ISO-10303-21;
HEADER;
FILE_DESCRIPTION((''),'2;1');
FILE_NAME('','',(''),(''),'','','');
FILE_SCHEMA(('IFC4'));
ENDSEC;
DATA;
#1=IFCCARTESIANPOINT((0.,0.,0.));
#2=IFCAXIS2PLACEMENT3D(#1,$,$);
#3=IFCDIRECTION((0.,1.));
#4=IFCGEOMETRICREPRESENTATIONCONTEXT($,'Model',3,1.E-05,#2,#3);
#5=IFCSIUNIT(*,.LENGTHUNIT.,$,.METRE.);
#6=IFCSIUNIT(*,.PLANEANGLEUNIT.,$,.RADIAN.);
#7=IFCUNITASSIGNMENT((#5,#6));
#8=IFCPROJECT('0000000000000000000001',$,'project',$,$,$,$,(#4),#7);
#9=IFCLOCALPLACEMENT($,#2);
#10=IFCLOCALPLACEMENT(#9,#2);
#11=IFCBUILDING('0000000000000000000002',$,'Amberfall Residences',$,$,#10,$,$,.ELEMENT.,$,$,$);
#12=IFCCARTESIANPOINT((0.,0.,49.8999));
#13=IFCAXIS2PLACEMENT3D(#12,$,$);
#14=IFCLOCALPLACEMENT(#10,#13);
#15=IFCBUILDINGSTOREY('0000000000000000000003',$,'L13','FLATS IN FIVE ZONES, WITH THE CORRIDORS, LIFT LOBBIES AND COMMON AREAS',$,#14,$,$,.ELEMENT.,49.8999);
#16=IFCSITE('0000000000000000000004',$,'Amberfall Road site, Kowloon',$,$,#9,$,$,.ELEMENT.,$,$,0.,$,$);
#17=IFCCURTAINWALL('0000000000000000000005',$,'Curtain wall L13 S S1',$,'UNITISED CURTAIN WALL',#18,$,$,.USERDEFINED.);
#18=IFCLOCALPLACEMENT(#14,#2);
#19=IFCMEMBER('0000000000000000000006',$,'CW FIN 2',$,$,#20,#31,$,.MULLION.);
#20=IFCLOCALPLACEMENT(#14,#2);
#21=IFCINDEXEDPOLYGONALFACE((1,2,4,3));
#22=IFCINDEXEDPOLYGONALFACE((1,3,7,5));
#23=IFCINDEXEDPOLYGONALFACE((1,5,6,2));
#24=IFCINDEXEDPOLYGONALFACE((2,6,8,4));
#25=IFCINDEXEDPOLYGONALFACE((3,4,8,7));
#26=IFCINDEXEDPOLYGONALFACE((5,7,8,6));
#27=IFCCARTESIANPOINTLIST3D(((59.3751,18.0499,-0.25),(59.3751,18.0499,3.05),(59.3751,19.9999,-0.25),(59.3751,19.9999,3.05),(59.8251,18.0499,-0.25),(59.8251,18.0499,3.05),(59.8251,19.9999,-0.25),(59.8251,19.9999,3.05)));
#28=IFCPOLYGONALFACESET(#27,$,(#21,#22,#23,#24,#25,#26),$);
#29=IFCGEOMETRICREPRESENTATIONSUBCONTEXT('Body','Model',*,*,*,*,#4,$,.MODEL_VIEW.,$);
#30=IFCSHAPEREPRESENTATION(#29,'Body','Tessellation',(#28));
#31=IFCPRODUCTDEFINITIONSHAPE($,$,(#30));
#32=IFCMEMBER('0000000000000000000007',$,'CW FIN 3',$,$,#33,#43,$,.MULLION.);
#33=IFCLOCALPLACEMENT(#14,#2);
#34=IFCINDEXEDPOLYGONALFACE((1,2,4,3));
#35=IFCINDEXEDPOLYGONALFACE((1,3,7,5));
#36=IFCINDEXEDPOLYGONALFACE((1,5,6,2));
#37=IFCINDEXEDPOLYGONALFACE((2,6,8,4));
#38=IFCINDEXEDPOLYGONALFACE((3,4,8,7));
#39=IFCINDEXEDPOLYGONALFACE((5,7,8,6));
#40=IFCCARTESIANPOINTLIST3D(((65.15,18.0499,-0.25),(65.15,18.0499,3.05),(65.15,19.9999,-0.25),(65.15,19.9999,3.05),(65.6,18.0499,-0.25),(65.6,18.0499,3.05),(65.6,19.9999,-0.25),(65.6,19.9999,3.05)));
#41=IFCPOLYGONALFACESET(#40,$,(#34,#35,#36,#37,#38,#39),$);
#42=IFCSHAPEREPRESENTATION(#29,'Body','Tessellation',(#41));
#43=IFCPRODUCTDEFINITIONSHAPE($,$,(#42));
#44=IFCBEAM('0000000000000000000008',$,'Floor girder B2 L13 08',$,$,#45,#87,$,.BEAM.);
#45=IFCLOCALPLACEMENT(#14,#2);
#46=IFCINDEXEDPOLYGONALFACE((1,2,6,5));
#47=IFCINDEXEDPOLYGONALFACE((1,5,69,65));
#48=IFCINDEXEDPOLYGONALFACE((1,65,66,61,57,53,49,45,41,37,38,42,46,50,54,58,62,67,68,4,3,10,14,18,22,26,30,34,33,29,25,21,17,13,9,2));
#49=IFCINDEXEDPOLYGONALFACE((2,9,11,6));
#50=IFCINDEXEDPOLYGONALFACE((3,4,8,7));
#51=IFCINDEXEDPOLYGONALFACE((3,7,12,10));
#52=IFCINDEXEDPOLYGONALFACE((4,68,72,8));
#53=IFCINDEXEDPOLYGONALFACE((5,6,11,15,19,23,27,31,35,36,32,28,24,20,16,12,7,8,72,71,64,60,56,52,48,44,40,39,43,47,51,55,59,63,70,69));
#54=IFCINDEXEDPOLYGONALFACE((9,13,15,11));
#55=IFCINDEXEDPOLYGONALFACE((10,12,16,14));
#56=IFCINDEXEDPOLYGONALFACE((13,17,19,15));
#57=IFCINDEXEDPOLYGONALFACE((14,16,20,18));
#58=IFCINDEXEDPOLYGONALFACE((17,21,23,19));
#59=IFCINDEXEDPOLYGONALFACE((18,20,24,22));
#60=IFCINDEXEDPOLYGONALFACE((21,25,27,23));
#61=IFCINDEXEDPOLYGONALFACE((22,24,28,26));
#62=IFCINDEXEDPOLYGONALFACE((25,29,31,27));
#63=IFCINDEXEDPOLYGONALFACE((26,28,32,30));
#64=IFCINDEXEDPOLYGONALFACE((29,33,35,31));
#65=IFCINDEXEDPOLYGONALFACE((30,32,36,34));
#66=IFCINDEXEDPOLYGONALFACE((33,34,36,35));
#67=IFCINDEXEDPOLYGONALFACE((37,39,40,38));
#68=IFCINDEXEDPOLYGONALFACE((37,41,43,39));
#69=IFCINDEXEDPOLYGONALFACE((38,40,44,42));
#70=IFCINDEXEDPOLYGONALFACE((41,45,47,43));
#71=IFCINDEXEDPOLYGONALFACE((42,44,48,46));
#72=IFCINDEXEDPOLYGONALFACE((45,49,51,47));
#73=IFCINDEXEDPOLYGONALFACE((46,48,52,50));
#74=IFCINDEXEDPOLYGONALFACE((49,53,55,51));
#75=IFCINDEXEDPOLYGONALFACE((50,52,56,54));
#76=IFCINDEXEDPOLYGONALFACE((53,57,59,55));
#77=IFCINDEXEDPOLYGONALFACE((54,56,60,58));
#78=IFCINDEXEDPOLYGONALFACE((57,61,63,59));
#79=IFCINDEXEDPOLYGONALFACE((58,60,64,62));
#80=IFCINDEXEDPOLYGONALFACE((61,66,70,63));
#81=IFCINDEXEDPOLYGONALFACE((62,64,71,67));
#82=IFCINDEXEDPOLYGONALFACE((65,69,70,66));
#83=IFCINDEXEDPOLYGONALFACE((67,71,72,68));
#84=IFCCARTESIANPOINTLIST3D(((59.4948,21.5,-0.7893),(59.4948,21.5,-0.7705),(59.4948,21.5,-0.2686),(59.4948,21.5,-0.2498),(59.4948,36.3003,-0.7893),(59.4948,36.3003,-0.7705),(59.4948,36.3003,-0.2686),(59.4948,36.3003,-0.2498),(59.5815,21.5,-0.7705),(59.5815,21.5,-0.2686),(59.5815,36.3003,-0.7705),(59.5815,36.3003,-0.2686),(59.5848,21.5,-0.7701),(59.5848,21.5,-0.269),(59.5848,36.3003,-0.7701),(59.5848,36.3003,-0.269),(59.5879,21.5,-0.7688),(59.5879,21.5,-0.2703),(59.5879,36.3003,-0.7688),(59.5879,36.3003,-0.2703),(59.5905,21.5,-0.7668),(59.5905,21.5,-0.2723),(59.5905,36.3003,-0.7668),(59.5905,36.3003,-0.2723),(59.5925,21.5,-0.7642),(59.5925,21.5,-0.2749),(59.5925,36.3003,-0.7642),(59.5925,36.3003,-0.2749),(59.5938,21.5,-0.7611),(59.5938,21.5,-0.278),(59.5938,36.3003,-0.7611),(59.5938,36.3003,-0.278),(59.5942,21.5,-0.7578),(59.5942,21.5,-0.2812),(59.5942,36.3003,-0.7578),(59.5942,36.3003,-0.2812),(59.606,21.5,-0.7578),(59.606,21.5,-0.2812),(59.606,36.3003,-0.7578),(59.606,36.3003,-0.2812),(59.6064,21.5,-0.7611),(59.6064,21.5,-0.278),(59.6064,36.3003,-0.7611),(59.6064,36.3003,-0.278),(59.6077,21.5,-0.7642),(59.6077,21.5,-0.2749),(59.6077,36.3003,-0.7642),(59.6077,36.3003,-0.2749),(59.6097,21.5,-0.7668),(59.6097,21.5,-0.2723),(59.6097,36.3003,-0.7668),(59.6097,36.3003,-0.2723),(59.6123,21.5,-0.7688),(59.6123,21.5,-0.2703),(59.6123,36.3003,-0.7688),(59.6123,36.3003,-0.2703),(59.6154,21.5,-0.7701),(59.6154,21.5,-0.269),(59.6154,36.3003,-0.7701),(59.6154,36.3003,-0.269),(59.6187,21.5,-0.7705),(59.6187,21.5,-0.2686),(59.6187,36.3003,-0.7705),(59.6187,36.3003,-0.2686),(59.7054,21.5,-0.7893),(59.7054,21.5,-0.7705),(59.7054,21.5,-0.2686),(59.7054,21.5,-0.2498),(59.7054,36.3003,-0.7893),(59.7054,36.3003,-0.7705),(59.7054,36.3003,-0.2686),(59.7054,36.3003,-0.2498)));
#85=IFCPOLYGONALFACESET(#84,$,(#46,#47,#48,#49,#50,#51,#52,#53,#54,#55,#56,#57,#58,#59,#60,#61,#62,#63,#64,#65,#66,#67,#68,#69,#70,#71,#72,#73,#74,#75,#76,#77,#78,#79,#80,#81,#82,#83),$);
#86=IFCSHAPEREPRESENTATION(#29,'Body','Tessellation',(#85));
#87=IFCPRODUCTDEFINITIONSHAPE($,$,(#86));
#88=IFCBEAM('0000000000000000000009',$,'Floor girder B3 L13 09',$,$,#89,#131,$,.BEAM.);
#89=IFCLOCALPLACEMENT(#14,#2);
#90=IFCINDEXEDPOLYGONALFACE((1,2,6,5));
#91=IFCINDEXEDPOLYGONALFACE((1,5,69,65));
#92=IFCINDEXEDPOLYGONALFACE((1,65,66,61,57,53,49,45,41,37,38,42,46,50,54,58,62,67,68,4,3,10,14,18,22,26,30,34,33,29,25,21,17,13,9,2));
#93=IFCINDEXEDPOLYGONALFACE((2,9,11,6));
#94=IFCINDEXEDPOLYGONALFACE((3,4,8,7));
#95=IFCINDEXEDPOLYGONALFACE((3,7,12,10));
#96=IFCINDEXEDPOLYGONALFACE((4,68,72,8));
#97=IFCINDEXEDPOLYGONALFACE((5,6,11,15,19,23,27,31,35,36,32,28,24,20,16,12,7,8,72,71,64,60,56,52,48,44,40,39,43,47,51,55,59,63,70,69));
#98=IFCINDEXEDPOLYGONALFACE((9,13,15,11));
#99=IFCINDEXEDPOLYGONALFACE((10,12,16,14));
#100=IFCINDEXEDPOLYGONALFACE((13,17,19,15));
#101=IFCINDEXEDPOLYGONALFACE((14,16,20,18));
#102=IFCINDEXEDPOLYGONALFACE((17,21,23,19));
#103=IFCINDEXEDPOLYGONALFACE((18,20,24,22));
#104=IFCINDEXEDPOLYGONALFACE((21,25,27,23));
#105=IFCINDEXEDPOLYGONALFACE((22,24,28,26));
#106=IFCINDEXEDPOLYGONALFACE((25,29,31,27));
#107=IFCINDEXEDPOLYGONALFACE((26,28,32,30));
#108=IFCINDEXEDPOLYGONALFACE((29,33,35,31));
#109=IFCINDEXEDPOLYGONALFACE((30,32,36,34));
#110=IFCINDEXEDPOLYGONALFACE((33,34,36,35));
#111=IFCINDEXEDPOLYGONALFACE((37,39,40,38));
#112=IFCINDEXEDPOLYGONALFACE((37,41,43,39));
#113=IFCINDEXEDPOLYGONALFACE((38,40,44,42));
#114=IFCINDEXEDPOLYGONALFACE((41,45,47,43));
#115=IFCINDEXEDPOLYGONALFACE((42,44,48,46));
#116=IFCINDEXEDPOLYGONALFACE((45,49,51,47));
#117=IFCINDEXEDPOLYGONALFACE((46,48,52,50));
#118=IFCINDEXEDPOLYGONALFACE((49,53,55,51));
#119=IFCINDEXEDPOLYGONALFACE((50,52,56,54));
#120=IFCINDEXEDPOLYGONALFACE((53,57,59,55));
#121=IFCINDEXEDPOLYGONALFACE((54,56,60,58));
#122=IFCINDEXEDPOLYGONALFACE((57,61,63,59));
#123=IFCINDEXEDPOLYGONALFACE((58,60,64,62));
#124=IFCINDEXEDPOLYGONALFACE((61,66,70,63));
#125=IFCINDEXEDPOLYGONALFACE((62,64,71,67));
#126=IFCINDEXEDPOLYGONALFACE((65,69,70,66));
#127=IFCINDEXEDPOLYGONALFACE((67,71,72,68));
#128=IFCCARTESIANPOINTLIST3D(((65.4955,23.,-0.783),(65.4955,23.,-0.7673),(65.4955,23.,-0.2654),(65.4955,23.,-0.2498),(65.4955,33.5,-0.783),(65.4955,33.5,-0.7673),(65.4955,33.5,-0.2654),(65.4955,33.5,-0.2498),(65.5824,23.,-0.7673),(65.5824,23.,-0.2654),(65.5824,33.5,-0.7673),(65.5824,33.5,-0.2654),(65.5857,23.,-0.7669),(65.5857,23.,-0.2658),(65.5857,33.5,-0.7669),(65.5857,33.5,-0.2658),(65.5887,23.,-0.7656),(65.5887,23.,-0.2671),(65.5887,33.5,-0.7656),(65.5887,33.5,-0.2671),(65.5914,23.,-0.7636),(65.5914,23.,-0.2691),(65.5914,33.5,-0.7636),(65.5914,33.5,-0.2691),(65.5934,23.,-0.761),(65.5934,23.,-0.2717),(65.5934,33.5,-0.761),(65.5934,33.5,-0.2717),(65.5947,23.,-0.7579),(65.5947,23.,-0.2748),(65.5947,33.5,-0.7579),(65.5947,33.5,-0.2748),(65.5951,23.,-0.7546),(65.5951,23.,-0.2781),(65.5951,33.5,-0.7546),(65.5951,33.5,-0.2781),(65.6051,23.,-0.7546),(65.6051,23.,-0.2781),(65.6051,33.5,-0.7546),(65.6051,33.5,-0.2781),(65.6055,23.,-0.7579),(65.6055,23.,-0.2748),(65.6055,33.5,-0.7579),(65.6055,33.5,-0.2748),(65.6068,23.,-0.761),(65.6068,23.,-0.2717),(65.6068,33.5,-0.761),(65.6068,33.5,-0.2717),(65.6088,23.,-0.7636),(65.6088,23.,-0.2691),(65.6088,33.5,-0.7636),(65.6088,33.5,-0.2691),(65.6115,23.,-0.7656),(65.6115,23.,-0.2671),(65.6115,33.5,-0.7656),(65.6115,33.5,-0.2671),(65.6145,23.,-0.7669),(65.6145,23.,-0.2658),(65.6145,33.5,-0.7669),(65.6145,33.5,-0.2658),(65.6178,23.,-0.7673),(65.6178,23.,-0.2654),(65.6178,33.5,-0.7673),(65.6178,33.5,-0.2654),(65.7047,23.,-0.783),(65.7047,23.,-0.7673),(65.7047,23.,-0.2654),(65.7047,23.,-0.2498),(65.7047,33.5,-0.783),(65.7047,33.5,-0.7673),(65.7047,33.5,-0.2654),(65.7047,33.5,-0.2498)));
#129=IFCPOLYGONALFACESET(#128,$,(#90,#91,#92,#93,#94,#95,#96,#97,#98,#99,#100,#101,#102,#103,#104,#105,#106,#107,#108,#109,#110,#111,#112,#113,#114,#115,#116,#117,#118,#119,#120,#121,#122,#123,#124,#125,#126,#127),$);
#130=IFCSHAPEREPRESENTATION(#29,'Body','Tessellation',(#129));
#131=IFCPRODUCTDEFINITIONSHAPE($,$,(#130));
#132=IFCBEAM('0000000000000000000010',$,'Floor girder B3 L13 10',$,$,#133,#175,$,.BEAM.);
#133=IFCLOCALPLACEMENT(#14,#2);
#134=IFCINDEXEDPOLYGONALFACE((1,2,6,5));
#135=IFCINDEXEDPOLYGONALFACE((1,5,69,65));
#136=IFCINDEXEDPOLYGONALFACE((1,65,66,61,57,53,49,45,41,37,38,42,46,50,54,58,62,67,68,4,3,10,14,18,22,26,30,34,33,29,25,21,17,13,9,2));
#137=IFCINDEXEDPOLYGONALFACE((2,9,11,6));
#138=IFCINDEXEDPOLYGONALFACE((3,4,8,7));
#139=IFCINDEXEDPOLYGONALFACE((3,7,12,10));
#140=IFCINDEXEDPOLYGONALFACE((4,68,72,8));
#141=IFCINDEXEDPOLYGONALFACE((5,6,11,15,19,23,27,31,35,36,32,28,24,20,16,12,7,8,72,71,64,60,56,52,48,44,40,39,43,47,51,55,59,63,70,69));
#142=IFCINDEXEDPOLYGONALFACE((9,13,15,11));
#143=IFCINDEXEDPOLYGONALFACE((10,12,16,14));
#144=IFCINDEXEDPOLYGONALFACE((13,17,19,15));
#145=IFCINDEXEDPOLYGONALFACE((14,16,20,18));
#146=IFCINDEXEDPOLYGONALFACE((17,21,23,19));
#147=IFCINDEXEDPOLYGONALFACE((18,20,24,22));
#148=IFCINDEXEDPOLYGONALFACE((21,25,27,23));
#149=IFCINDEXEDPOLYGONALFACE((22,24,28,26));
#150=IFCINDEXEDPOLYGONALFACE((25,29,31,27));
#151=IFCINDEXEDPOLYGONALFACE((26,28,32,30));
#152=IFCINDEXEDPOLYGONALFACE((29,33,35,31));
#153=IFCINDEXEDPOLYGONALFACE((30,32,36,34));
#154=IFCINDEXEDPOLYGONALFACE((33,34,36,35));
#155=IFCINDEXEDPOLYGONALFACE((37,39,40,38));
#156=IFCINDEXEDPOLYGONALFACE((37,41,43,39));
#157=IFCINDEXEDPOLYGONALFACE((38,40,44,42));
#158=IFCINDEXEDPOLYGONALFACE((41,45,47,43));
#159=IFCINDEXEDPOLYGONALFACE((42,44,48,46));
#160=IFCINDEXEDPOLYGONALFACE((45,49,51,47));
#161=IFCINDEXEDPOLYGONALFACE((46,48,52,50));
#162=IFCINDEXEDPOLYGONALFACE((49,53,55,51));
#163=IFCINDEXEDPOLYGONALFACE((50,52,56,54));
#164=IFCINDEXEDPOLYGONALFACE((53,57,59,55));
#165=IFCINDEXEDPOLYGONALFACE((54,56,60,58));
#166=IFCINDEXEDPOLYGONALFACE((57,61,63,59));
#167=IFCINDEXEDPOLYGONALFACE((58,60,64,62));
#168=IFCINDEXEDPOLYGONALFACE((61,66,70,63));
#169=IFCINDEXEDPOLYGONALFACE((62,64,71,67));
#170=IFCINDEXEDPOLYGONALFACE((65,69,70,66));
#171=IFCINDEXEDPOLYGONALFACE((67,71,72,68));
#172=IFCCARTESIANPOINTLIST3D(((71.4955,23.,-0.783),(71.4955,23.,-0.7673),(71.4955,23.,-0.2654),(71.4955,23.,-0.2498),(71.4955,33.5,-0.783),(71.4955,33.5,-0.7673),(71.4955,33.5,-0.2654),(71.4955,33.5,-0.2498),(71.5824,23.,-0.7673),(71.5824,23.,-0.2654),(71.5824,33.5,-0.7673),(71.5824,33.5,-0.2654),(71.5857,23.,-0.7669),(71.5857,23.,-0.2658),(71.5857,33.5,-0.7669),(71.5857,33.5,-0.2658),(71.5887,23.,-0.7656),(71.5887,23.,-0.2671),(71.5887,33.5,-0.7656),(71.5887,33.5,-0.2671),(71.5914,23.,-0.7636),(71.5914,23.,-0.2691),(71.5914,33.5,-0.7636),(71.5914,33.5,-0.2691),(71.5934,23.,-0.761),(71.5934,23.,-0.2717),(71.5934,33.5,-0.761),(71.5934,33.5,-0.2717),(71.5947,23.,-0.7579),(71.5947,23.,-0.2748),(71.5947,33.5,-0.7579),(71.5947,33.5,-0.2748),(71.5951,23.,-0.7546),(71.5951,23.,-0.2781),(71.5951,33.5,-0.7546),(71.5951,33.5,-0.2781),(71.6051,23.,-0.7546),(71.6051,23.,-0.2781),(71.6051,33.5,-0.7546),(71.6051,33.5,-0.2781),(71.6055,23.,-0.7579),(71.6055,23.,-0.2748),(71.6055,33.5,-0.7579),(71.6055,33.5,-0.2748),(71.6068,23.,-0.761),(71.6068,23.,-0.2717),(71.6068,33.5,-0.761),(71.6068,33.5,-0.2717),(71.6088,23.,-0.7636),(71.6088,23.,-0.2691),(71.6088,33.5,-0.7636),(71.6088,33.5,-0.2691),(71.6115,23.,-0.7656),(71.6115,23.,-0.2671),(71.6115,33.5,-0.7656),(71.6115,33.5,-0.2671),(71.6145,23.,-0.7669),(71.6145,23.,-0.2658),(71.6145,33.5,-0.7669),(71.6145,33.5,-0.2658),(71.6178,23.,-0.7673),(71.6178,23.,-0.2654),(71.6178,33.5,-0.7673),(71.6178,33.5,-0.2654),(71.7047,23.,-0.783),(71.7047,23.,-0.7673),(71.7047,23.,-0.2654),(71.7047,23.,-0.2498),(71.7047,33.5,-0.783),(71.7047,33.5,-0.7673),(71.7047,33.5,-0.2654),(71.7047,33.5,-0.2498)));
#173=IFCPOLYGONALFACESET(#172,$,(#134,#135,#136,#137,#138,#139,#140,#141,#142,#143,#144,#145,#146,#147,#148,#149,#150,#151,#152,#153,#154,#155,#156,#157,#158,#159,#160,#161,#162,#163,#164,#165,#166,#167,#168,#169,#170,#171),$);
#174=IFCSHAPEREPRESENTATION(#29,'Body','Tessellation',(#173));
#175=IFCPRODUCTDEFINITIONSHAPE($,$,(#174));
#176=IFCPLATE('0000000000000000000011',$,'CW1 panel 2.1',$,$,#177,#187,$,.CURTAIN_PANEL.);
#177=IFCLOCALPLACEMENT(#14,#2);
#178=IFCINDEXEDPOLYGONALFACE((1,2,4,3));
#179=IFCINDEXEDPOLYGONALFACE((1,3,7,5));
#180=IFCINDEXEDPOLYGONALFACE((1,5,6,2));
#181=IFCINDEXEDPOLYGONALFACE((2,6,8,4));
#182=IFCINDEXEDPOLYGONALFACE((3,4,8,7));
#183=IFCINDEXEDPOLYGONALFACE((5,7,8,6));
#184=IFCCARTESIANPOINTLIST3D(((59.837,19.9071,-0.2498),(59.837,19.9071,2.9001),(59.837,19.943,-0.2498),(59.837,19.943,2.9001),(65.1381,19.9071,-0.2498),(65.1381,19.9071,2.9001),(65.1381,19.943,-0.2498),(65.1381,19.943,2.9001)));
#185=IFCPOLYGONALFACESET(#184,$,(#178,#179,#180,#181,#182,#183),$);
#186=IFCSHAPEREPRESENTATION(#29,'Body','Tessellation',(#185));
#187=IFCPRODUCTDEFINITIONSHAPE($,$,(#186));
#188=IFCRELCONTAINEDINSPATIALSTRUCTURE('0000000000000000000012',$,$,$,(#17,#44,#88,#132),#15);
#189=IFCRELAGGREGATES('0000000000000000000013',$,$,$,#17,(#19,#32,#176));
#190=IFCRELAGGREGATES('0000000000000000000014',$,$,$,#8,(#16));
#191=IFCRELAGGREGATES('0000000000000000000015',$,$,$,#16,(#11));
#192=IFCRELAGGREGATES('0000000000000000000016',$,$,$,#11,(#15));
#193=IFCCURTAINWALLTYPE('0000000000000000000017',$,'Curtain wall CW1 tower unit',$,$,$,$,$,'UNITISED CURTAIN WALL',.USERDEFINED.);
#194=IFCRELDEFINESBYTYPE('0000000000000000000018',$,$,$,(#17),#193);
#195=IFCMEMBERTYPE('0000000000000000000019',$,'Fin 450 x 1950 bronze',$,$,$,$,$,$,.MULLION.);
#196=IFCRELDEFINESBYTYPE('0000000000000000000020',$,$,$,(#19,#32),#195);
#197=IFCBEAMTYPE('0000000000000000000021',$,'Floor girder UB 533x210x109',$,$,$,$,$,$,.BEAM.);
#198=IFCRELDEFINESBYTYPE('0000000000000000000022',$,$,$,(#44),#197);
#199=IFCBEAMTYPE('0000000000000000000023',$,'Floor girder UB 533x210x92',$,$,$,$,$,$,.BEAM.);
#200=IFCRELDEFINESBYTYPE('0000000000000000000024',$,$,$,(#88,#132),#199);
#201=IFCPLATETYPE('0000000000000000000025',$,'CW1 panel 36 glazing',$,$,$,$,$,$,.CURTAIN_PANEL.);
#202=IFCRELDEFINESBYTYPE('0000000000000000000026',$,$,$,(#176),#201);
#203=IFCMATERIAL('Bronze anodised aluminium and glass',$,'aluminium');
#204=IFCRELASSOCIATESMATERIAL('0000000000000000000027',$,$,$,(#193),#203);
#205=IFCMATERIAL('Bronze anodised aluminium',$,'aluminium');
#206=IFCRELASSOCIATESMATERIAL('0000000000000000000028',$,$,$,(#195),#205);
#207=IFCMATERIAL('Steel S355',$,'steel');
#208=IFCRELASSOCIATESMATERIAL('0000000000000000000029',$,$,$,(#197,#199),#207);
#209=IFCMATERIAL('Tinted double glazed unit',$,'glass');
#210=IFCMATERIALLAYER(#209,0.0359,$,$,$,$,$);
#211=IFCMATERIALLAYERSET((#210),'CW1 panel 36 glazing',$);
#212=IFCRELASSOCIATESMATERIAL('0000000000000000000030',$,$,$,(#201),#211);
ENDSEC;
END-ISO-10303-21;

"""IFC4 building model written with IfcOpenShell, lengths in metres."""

from ifc_helpers import new_model, si_unit, direction, frame, origin, origin_2d, place, context, subcontext, project, spatial, rectangle, i_section, extrude, material, layer, layer_set, material_profile, profile_set, type_object, element, aggregate, save


model = new_model("IFC4")

# Units and contexts
model_context = context("Model", 3, precision=1e-05, world=origin(), true_north=direction((0.0, 1.0)))
body_context = subcontext(model_context, "Body", "Model", "MODEL_VIEW")
ifc_project = project(units=[si_unit("LENGTHUNIT", "METRE"), si_unit("PLANEANGLEUNIT", "RADIAN")], contexts=[model_context])

# Site, building, storey
site_placement = place(None, origin())
site = spatial("IfcSite", under=ifc_project, at=site_placement, Name="Amberfall Road site, Kowloon", CompositionType="ELEMENT", RefElevation=0.0)
building_placement = place(site_placement, origin())
building = spatial("IfcBuilding", under=site, at=building_placement, Name="Amberfall Residences", CompositionType="ELEMENT")
storey_placement = place(building_placement, frame((0.0, 0.0, 49.8999)))
storey = spatial("IfcBuildingStorey", under=building, at=storey_placement, Name="L13", Description="FLATS IN FIVE ZONES, WITH THE CORRIDORS, LIFT LOBBIES AND COMMON AREAS", CompositionType="ELEMENT", Elevation=49.8999)

# Curtain wall
ifc_material_1 = material(Name="Bronze anodised aluminium and glass", Category="aluminium")
curtain_wall_type = type_object("IfcCurtainWallType", Name="Curtain wall CW1 tower unit", ElementType="UNITISED CURTAIN WALL", PredefinedType="USERDEFINED", material=ifc_material_1)
curtain_wall_placement = place(storey_placement, origin())
curtain_wall = element("IfcCurtainWall", 1, at=curtain_wall_placement, inside=storey, type_object=curtain_wall_type, Name="Curtain wall L13 S S1", ObjectType="UNITISED CURTAIN WALL", PredefinedType="USERDEFINED")
ifc_material_2 = material(Name="Bronze anodised aluminium", Category="aluminium")

# Shared definitions
ifc_material_3 = material(Name="Steel S355", Category="steel")

# Members
ifc_material_profile_1 = material_profile(ifc_material_2, rectangle(XDim=1.95, YDim=0.45, at=origin_2d()), Name="Fin 450 x 1950 bronze")
ifc_profile_set_1 = profile_set([ifc_material_profile_1], Name="Bronze anodised aluminium")
member_type_1 = type_object("IfcMemberType", Name="Fin 450 x 1950 bronze", PredefinedType="MULLION", material=ifc_profile_set_1)
member_1_placement = place(storey_placement, frame((59.6001, 19.0249, -0.25), z_axis=(0.0, 0.0, 1.0), x_axis=(0.0, 1.0, 0.0)))
member_1 = element("IfcMember", 2, at=member_1_placement, type_object=member_type_1, Name="CW FIN 2", PredefinedType="MULLION", context=body_context, shape_type="SweptSolid", body=[
    extrude(rectangle(XDim=1.95, YDim=0.45, at=origin_2d()), origin(), (0.0, 0.0, 1.0), 3.3),
])
member_2_placement = place(storey_placement, frame((65.375, 19.0249, -0.25), z_axis=(0.0, 0.0, 1.0), x_axis=(0.0, 1.0, 0.0)))
member_2 = element("IfcMember", 3, at=member_2_placement, type_object=member_type_1, Name="CW FIN 3", PredefinedType="MULLION", context=body_context, shape_type="SweptSolid", body=[
    extrude(rectangle(XDim=1.95, YDim=0.45, at=origin_2d()), origin(), (0.0, 0.0, 1.0), 3.3),
])

# Beams
ifc_material_profile_2 = material_profile(ifc_material_3, i_section(OverallWidth=0.2107, OverallDepth=0.5396, WebThickness=0.0117, FlangeThickness=0.0188, FilletRadius=0.0127, at=origin_2d()), Name="UB 533x210x109")
ifc_profile_set_2 = profile_set([ifc_material_profile_2], Name="Steel S355")
beam_type_1 = type_object("IfcBeamType", Name="Floor girder UB 533x210x109", PredefinedType="BEAM", material=ifc_profile_set_2)
beam_1_placement = place(storey_placement, frame((59.6001, 21.5, -0.5195), z_axis=(0.0, 1.0, 0.0), x_axis=(-1.0, 0.0, 0.0)))
element("IfcBeam", 4, at=beam_1_placement, inside=storey, type_object=beam_type_1, Name="Floor girder B2 L13 08", PredefinedType="BEAM", context=body_context, shape_type="SweptSolid", body=[
    extrude(i_section(OverallWidth=0.2107, OverallDepth=0.5396, WebThickness=0.0117, FlangeThickness=0.0188, FilletRadius=0.0127, at=origin_2d()), origin(), (0.0, 0.0, 1.0), 14.8003),
])
ifc_material_profile_3 = material_profile(ifc_material_3, i_section(OverallWidth=0.2092, OverallDepth=0.5332, WebThickness=0.01, FlangeThickness=0.0156, FilletRadius=0.0127, at=origin_2d()), Name="UB 533x210x92")
ifc_profile_set_3 = profile_set([ifc_material_profile_3], Name="Steel S355")
beam_type_2 = type_object("IfcBeamType", Name="Floor girder UB 533x210x92", PredefinedType="BEAM", material=ifc_profile_set_3)
for number, where, z_axis, x_axis, name in (
    (5, (65.6001, 23.0, -0.5164), (0.0, 1.0, 0.0), (-1.0, 0.0, 0.0), "Floor girder B3 L13 09"),
    (6, (71.6001, 23.0, -0.5164), (0.0, 1.0, 0.0), (-1.0, 0.0, 0.0), "Floor girder B3 L13 10"),
):
    element("IfcBeam", number, at=place(storey_placement, frame(where, z_axis=z_axis, x_axis=x_axis)), inside=storey, type_object=beam_type_2, Name=name, PredefinedType="BEAM", context=body_context, shape_type="SweptSolid", body=[
        extrude(i_section(OverallWidth=0.2092, OverallDepth=0.5332, WebThickness=0.01, FlangeThickness=0.0156, FilletRadius=0.0127, at=origin_2d()), origin(), (0.0, 0.0, 1.0), 10.5),
    ])

# Plate
ifc_material_4 = material(Name="Tinted double glazed unit", Category="glass")
ifc_layer_1 = layer(ifc_material_4, 0.0359)
ifc_layer_set_1 = layer_set([ifc_layer_1], Name="CW1 panel 36 glazing")
plate_type = type_object("IfcPlateType", Name="CW1 panel 36 glazing", PredefinedType="CURTAIN_PANEL", material=ifc_layer_set_1)
plate_placement = place(storey_placement, frame((62.4875, 19.925, -0.2498), z_axis=(0.0, 0.0, 1.0), x_axis=(1.0, 0.0, 0.0)))
plate = element("IfcPlate", 7, at=plate_placement, type_object=plate_type, Name="CW1 panel 2.1", PredefinedType="CURTAIN_PANEL", context=body_context, shape_type="SweptSolid", body=[
    extrude(rectangle(XDim=5.301, YDim=0.0359, at=origin_2d()), origin(), (0.0, 0.0, 1.0), 3.1499),
])
aggregate(curtain_wall, [member_1, member_2, plate])

save(model, "model.ifc")
